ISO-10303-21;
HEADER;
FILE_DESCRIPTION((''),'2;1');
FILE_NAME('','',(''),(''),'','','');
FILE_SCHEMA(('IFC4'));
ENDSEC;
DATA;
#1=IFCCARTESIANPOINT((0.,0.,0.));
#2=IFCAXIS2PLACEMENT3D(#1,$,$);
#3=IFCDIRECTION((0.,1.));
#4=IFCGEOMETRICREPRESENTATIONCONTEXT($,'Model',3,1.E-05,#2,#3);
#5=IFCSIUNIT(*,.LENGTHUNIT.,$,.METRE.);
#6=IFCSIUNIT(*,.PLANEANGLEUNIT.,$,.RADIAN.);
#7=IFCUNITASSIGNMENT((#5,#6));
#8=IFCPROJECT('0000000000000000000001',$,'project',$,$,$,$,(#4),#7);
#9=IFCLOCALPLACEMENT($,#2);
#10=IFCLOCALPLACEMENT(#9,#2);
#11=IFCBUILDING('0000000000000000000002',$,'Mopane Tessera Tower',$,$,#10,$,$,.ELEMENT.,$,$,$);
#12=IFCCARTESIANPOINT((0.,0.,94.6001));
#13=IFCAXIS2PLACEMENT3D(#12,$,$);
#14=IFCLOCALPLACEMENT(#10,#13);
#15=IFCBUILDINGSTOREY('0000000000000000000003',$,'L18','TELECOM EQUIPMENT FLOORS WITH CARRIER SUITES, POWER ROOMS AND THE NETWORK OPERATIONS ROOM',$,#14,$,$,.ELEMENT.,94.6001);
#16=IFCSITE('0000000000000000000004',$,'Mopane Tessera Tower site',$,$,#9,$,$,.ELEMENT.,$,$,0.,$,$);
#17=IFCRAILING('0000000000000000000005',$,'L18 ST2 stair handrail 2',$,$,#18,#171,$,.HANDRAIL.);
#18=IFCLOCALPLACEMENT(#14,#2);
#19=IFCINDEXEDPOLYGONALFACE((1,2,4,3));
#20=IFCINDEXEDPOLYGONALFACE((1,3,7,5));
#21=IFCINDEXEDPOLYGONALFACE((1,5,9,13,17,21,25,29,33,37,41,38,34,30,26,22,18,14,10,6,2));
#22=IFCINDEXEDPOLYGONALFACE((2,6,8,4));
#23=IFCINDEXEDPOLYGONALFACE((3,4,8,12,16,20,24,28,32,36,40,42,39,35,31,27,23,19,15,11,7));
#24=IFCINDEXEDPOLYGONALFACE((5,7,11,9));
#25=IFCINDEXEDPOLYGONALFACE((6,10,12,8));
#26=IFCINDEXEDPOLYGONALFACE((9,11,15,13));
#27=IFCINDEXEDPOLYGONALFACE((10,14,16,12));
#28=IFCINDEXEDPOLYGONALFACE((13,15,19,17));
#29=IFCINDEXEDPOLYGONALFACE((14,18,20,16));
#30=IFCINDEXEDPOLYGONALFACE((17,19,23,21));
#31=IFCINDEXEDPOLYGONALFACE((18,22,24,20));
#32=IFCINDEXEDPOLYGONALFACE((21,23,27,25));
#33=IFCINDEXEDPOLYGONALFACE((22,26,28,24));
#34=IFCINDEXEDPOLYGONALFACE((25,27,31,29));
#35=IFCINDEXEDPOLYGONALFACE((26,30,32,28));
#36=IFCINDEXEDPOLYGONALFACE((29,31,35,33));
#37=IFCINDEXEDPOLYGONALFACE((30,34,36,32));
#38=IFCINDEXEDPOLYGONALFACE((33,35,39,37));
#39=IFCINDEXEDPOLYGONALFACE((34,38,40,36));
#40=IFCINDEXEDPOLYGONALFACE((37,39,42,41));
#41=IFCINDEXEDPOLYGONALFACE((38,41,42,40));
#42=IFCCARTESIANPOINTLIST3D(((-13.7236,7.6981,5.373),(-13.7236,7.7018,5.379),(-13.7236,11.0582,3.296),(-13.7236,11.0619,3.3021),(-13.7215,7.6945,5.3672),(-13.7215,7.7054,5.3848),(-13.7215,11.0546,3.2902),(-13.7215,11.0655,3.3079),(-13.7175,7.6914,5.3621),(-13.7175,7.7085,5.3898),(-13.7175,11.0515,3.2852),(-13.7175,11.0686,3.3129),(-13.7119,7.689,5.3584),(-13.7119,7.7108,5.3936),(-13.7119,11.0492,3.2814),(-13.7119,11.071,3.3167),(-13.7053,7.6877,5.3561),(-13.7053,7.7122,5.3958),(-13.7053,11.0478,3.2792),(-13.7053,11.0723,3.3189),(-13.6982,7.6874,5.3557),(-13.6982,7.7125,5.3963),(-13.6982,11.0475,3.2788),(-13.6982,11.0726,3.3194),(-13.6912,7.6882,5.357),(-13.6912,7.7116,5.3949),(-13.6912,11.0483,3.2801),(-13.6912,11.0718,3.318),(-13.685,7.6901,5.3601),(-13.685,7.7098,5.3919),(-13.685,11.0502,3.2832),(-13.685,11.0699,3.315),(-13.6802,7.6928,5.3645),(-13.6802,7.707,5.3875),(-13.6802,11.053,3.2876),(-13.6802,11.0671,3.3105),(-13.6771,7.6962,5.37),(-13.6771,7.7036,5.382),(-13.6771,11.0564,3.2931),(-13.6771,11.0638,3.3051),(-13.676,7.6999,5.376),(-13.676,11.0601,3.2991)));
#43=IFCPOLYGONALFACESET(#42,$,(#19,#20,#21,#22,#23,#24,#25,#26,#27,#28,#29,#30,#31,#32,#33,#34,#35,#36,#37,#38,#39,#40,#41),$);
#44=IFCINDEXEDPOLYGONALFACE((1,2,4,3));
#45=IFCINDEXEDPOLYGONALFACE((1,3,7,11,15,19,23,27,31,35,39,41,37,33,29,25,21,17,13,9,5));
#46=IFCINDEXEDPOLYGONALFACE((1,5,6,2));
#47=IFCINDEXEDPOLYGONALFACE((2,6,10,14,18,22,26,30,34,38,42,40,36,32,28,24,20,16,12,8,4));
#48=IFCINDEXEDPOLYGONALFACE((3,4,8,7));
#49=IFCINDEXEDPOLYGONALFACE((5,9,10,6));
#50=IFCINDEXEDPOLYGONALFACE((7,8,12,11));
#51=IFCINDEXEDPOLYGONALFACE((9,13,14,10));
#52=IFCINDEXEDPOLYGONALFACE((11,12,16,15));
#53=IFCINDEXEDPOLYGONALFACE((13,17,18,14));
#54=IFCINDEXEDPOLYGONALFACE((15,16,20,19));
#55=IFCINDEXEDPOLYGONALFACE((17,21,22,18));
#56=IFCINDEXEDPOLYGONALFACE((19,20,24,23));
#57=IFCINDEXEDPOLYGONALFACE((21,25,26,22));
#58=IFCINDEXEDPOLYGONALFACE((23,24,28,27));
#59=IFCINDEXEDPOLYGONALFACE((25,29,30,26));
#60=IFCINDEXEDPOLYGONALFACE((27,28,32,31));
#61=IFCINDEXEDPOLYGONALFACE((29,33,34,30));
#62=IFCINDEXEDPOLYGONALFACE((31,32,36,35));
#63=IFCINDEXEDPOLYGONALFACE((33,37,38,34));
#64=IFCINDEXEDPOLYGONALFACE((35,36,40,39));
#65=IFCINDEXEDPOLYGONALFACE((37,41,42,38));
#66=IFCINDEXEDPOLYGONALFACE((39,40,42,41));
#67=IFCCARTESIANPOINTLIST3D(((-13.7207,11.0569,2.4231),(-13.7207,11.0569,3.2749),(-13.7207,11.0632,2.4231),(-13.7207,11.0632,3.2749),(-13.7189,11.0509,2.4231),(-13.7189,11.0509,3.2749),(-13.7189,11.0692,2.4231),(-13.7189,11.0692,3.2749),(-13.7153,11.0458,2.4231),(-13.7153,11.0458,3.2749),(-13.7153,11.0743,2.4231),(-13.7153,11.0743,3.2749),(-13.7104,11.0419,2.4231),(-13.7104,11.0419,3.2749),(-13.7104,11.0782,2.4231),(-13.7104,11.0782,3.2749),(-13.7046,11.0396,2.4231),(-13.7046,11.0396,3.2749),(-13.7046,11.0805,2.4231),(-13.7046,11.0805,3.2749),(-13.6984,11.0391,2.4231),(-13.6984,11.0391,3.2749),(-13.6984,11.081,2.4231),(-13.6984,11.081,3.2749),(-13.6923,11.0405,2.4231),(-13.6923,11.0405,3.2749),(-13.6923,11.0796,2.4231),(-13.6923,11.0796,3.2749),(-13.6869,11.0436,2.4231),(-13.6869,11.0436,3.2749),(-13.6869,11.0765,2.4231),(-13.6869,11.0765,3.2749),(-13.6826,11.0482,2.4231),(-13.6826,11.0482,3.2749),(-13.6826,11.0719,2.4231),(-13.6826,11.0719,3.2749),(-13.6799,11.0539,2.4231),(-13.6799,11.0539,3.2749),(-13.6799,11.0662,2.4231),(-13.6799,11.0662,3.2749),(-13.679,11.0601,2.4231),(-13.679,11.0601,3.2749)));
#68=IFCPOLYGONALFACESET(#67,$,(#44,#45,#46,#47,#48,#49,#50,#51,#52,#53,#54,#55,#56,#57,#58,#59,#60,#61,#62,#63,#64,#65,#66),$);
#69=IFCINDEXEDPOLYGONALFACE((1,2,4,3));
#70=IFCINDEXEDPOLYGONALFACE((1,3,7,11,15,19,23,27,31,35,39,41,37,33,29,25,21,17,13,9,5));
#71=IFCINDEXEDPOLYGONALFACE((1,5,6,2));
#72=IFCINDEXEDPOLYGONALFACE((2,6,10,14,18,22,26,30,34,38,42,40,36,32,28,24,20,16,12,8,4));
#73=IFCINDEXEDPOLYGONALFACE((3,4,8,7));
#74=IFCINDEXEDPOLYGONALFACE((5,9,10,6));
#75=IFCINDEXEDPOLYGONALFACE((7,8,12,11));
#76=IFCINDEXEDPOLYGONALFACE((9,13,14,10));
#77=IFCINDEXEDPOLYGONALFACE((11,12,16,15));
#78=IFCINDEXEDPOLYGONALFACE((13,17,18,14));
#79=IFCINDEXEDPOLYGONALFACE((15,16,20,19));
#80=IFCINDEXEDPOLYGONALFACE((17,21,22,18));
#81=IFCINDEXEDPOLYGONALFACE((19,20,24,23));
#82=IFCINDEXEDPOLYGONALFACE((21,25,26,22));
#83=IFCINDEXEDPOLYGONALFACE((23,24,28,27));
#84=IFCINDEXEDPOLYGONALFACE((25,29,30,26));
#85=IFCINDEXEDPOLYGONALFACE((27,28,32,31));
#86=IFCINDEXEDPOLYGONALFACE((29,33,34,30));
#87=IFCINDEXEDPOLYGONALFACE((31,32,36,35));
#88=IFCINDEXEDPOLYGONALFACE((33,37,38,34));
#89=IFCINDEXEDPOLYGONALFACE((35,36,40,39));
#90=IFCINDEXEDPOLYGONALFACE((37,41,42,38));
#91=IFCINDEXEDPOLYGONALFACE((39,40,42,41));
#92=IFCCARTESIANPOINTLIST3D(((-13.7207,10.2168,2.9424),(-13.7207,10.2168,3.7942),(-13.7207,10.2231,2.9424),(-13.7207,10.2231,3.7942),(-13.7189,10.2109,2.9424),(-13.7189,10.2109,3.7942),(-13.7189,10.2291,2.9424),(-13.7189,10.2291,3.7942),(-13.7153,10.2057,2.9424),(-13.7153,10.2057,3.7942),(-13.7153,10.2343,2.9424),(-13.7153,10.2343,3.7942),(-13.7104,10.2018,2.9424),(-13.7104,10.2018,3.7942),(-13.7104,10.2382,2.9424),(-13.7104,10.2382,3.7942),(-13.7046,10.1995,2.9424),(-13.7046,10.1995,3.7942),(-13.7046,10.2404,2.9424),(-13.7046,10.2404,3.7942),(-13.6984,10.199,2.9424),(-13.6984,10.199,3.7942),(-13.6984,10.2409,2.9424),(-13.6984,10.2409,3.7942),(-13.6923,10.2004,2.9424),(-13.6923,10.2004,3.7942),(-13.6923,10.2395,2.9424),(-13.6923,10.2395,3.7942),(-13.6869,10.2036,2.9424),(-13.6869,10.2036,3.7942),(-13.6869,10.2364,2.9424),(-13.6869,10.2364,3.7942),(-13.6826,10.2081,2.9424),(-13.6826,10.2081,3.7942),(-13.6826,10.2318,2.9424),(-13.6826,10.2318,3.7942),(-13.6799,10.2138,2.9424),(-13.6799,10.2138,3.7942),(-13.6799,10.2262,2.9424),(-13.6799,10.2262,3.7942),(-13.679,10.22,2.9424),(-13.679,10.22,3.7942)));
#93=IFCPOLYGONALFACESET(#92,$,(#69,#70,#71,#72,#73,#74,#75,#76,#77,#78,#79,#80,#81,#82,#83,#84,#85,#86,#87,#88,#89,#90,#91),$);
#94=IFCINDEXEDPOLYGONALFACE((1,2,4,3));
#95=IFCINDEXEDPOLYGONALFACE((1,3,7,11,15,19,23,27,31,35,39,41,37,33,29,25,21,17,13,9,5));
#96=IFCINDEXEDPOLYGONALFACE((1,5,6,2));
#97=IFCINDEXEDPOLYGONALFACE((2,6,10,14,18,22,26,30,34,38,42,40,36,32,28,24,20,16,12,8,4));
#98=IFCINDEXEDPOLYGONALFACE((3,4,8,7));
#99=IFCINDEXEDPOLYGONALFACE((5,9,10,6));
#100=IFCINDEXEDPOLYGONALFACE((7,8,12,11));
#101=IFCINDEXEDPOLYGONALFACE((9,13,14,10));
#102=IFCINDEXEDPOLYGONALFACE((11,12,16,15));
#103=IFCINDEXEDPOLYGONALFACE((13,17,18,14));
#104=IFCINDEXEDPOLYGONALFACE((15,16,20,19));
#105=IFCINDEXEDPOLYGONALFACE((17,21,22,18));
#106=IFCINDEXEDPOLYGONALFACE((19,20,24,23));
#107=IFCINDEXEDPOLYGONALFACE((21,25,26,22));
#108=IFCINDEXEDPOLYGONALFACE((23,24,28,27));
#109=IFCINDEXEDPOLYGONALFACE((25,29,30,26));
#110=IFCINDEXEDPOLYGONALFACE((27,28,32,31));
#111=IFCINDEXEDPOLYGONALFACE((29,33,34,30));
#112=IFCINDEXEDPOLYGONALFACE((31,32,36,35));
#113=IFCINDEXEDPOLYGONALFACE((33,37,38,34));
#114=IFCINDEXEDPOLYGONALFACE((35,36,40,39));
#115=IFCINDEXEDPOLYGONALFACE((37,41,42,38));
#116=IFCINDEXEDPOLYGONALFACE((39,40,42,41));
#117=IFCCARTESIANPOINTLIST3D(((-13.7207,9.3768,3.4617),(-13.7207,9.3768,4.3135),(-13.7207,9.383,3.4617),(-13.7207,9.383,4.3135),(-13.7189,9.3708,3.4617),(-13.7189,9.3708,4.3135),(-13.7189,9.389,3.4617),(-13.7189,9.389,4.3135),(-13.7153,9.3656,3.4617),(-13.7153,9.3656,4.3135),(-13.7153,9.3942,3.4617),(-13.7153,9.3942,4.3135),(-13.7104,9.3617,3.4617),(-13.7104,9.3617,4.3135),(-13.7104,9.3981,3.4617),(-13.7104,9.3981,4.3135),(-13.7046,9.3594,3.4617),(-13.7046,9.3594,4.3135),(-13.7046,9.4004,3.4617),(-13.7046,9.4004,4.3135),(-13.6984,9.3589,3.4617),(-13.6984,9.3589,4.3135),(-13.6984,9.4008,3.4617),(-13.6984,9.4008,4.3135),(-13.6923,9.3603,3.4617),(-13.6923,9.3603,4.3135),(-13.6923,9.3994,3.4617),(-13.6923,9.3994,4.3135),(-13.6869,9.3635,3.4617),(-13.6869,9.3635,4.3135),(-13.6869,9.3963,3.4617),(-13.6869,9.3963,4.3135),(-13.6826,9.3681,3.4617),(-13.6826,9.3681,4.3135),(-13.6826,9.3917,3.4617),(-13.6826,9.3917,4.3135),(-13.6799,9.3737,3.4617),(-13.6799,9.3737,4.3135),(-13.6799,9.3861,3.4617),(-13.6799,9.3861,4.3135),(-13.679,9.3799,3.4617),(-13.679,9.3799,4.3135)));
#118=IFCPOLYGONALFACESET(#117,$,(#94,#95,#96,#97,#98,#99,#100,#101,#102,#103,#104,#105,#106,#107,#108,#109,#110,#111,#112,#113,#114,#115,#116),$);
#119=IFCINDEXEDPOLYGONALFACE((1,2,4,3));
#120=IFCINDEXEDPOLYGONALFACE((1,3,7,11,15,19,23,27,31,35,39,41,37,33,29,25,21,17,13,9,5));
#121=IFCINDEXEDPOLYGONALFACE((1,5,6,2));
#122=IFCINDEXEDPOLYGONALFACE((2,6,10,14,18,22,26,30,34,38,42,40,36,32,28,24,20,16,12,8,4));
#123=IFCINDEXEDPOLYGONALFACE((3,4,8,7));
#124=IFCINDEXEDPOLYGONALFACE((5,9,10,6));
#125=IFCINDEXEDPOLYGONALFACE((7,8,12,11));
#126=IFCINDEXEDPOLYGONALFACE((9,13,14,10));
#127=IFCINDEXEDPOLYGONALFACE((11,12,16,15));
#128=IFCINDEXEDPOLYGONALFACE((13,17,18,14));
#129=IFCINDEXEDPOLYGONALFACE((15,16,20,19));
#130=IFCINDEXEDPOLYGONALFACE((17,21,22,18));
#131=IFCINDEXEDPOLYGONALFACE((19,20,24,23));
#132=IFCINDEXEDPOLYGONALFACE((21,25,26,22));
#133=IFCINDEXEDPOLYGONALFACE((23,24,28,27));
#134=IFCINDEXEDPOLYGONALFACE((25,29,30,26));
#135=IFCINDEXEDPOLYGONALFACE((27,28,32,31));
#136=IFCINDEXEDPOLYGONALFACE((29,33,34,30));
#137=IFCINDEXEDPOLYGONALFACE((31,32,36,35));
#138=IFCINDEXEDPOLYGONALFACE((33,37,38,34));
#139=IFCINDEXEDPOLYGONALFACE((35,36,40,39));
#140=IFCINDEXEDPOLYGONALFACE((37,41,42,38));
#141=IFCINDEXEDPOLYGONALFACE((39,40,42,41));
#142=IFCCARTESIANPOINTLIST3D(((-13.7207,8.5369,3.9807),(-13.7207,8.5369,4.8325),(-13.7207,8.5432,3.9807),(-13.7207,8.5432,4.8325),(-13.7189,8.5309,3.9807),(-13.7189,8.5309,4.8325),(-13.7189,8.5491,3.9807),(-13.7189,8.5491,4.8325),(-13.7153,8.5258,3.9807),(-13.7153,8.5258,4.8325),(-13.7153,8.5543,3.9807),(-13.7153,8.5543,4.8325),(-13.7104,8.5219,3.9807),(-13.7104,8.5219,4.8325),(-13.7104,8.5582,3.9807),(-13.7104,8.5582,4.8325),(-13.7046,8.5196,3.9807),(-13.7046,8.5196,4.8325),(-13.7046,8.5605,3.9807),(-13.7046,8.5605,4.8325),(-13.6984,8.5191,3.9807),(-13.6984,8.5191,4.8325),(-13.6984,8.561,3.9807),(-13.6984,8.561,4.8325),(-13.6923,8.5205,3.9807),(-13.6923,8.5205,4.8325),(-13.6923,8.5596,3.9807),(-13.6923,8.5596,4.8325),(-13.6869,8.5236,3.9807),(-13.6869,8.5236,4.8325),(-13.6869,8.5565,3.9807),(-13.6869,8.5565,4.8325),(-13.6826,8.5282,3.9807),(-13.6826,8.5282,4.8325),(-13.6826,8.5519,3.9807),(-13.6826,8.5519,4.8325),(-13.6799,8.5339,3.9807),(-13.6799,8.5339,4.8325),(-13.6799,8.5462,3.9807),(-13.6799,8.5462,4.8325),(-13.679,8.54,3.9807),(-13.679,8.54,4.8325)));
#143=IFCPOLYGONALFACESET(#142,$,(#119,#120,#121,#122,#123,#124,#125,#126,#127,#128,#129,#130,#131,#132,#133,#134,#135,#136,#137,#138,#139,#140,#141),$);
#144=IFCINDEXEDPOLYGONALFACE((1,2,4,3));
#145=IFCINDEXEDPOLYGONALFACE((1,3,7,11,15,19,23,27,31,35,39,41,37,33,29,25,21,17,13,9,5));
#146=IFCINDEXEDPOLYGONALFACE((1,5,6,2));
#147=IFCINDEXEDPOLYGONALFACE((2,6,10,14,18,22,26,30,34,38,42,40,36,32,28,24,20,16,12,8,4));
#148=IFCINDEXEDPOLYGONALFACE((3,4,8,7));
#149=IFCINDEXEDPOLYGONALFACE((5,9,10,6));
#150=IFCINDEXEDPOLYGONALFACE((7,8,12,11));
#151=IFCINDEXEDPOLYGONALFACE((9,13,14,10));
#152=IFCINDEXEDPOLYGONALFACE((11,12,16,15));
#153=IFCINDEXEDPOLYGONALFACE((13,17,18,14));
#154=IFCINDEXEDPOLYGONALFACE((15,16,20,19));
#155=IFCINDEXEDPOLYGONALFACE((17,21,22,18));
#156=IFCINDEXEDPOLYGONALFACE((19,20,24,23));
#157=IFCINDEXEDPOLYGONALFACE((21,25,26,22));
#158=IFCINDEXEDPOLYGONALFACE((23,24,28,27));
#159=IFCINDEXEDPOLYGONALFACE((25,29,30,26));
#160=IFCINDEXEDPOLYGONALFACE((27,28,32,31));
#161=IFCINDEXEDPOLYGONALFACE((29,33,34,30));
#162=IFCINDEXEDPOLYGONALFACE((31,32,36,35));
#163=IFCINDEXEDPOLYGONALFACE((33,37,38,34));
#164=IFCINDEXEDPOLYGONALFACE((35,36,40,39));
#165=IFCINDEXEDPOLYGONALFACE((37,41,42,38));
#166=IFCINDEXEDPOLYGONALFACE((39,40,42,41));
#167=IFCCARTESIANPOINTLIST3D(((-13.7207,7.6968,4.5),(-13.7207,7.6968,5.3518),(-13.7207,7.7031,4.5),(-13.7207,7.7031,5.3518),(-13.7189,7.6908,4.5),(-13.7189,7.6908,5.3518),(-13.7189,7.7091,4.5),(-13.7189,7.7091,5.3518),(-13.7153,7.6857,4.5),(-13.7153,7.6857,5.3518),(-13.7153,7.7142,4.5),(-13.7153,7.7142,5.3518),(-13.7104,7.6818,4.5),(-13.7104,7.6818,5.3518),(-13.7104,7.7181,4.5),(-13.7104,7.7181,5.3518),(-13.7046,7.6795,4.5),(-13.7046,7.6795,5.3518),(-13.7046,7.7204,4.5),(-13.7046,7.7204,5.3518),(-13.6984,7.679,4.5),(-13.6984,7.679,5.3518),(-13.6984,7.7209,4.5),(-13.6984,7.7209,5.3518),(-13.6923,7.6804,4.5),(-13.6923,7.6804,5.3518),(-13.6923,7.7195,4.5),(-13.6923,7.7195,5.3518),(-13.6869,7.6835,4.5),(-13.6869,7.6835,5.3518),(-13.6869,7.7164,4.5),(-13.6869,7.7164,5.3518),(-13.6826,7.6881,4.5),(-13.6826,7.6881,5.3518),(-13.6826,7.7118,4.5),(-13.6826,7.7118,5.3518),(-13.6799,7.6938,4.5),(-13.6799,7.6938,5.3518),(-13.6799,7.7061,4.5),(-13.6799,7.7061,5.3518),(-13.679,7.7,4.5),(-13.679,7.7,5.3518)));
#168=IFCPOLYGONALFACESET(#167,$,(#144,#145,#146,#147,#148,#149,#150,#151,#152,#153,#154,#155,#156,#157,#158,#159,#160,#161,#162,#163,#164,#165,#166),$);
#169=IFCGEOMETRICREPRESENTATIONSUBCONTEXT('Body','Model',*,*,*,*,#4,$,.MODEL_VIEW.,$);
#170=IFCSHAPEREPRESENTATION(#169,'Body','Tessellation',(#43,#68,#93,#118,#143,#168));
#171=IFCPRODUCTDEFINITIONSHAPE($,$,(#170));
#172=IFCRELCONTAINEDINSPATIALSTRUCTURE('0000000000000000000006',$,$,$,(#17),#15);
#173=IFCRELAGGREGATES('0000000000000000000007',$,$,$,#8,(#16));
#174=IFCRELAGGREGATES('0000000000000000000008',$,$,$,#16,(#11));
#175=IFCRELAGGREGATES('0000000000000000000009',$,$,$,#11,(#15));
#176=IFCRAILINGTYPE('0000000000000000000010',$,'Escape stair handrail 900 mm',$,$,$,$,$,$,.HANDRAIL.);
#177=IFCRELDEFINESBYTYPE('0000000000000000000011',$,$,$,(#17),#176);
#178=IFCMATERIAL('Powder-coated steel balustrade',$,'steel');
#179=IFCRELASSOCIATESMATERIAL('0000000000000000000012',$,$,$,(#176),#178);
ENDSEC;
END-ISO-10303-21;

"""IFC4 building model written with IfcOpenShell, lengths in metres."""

from ifc_helpers import new_model, si_unit, direction, frame, origin, origin_2d, place, context, subcontext, project, spatial, circle, extrude, material, type_object, element, save


model = new_model("IFC4")

# Units and contexts
model_context = context("Model", 3, precision=1e-05, world=origin(), true_north=direction((0.0, 1.0)))
body_context = subcontext(model_context, "Body", "Model", "MODEL_VIEW")
ifc_project = project(units=[si_unit("LENGTHUNIT", "METRE"), si_unit("PLANEANGLEUNIT", "RADIAN")], contexts=[model_context])

# Site, building, storey
site_placement = place(None, origin())
site = spatial("IfcSite", under=ifc_project, at=site_placement, Name="Mopane Tessera Tower site", CompositionType="ELEMENT", RefElevation=0.0)
building_placement = place(site_placement, origin())
building = spatial("IfcBuilding", under=site, at=building_placement, Name="Mopane Tessera Tower", CompositionType="ELEMENT")
storey_placement = place(building_placement, frame((0.0, 0.0, 94.6001)))
storey = spatial("IfcBuildingStorey", under=building, at=storey_placement, Name="L18", Description="TELECOM EQUIPMENT FLOORS WITH CARRIER SUITES, POWER ROOMS AND THE NETWORK OPERATIONS ROOM", CompositionType="ELEMENT", Elevation=94.6001)

# Railing
ifc_material_1 = material(Name="Powder-coated steel balustrade", Category="steel")
railing_type_1 = type_object("IfcRailingType", Name="Escape stair handrail 900 mm", PredefinedType="HANDRAIL", material=ifc_material_1)
railing_1_placement = place(storey_placement, frame((-13.7, 11.0601, 2.4231)))
element("IfcRailing", 1, at=railing_1_placement, inside=storey, type_object=railing_type_1, Name="L18 ST2 stair handrail 2", PredefinedType="HANDRAIL", context=body_context, shape_type="SweptSolid", body=[
    extrude(circle(Radius=0.0239, at=origin_2d()), frame((0.0, 0.0, 0.876), z_axis=(0.0, -0.850623, 0.525776), x_axis=(1.0, 0.0, 0.0)), (0.0, 0.0, 1.0), 3.9502),
    extrude(circle(Radius=0.021, at=origin_2d()), origin(), (0.0, 0.0, 1.0), 0.8518),
    extrude(circle(Radius=0.021, at=origin_2d()), frame((0.0, -0.8401, 0.5193)), (0.0, 0.0, 1.0), 0.8518),
    extrude(circle(Radius=0.021, at=origin_2d()), frame((0.0, -1.6802, 1.0386)), (0.0, 0.0, 1.0), 0.8518),
    extrude(circle(Radius=0.021, at=origin_2d()), frame((0.0, -2.52, 1.5576)), (0.0, 0.0, 1.0), 0.8518),
    extrude(circle(Radius=0.021, at=origin_2d()), frame((0.0, -3.3601, 2.0769)), (0.0, 0.0, 1.0), 0.8518),
])

save(model, "model.ifc")
